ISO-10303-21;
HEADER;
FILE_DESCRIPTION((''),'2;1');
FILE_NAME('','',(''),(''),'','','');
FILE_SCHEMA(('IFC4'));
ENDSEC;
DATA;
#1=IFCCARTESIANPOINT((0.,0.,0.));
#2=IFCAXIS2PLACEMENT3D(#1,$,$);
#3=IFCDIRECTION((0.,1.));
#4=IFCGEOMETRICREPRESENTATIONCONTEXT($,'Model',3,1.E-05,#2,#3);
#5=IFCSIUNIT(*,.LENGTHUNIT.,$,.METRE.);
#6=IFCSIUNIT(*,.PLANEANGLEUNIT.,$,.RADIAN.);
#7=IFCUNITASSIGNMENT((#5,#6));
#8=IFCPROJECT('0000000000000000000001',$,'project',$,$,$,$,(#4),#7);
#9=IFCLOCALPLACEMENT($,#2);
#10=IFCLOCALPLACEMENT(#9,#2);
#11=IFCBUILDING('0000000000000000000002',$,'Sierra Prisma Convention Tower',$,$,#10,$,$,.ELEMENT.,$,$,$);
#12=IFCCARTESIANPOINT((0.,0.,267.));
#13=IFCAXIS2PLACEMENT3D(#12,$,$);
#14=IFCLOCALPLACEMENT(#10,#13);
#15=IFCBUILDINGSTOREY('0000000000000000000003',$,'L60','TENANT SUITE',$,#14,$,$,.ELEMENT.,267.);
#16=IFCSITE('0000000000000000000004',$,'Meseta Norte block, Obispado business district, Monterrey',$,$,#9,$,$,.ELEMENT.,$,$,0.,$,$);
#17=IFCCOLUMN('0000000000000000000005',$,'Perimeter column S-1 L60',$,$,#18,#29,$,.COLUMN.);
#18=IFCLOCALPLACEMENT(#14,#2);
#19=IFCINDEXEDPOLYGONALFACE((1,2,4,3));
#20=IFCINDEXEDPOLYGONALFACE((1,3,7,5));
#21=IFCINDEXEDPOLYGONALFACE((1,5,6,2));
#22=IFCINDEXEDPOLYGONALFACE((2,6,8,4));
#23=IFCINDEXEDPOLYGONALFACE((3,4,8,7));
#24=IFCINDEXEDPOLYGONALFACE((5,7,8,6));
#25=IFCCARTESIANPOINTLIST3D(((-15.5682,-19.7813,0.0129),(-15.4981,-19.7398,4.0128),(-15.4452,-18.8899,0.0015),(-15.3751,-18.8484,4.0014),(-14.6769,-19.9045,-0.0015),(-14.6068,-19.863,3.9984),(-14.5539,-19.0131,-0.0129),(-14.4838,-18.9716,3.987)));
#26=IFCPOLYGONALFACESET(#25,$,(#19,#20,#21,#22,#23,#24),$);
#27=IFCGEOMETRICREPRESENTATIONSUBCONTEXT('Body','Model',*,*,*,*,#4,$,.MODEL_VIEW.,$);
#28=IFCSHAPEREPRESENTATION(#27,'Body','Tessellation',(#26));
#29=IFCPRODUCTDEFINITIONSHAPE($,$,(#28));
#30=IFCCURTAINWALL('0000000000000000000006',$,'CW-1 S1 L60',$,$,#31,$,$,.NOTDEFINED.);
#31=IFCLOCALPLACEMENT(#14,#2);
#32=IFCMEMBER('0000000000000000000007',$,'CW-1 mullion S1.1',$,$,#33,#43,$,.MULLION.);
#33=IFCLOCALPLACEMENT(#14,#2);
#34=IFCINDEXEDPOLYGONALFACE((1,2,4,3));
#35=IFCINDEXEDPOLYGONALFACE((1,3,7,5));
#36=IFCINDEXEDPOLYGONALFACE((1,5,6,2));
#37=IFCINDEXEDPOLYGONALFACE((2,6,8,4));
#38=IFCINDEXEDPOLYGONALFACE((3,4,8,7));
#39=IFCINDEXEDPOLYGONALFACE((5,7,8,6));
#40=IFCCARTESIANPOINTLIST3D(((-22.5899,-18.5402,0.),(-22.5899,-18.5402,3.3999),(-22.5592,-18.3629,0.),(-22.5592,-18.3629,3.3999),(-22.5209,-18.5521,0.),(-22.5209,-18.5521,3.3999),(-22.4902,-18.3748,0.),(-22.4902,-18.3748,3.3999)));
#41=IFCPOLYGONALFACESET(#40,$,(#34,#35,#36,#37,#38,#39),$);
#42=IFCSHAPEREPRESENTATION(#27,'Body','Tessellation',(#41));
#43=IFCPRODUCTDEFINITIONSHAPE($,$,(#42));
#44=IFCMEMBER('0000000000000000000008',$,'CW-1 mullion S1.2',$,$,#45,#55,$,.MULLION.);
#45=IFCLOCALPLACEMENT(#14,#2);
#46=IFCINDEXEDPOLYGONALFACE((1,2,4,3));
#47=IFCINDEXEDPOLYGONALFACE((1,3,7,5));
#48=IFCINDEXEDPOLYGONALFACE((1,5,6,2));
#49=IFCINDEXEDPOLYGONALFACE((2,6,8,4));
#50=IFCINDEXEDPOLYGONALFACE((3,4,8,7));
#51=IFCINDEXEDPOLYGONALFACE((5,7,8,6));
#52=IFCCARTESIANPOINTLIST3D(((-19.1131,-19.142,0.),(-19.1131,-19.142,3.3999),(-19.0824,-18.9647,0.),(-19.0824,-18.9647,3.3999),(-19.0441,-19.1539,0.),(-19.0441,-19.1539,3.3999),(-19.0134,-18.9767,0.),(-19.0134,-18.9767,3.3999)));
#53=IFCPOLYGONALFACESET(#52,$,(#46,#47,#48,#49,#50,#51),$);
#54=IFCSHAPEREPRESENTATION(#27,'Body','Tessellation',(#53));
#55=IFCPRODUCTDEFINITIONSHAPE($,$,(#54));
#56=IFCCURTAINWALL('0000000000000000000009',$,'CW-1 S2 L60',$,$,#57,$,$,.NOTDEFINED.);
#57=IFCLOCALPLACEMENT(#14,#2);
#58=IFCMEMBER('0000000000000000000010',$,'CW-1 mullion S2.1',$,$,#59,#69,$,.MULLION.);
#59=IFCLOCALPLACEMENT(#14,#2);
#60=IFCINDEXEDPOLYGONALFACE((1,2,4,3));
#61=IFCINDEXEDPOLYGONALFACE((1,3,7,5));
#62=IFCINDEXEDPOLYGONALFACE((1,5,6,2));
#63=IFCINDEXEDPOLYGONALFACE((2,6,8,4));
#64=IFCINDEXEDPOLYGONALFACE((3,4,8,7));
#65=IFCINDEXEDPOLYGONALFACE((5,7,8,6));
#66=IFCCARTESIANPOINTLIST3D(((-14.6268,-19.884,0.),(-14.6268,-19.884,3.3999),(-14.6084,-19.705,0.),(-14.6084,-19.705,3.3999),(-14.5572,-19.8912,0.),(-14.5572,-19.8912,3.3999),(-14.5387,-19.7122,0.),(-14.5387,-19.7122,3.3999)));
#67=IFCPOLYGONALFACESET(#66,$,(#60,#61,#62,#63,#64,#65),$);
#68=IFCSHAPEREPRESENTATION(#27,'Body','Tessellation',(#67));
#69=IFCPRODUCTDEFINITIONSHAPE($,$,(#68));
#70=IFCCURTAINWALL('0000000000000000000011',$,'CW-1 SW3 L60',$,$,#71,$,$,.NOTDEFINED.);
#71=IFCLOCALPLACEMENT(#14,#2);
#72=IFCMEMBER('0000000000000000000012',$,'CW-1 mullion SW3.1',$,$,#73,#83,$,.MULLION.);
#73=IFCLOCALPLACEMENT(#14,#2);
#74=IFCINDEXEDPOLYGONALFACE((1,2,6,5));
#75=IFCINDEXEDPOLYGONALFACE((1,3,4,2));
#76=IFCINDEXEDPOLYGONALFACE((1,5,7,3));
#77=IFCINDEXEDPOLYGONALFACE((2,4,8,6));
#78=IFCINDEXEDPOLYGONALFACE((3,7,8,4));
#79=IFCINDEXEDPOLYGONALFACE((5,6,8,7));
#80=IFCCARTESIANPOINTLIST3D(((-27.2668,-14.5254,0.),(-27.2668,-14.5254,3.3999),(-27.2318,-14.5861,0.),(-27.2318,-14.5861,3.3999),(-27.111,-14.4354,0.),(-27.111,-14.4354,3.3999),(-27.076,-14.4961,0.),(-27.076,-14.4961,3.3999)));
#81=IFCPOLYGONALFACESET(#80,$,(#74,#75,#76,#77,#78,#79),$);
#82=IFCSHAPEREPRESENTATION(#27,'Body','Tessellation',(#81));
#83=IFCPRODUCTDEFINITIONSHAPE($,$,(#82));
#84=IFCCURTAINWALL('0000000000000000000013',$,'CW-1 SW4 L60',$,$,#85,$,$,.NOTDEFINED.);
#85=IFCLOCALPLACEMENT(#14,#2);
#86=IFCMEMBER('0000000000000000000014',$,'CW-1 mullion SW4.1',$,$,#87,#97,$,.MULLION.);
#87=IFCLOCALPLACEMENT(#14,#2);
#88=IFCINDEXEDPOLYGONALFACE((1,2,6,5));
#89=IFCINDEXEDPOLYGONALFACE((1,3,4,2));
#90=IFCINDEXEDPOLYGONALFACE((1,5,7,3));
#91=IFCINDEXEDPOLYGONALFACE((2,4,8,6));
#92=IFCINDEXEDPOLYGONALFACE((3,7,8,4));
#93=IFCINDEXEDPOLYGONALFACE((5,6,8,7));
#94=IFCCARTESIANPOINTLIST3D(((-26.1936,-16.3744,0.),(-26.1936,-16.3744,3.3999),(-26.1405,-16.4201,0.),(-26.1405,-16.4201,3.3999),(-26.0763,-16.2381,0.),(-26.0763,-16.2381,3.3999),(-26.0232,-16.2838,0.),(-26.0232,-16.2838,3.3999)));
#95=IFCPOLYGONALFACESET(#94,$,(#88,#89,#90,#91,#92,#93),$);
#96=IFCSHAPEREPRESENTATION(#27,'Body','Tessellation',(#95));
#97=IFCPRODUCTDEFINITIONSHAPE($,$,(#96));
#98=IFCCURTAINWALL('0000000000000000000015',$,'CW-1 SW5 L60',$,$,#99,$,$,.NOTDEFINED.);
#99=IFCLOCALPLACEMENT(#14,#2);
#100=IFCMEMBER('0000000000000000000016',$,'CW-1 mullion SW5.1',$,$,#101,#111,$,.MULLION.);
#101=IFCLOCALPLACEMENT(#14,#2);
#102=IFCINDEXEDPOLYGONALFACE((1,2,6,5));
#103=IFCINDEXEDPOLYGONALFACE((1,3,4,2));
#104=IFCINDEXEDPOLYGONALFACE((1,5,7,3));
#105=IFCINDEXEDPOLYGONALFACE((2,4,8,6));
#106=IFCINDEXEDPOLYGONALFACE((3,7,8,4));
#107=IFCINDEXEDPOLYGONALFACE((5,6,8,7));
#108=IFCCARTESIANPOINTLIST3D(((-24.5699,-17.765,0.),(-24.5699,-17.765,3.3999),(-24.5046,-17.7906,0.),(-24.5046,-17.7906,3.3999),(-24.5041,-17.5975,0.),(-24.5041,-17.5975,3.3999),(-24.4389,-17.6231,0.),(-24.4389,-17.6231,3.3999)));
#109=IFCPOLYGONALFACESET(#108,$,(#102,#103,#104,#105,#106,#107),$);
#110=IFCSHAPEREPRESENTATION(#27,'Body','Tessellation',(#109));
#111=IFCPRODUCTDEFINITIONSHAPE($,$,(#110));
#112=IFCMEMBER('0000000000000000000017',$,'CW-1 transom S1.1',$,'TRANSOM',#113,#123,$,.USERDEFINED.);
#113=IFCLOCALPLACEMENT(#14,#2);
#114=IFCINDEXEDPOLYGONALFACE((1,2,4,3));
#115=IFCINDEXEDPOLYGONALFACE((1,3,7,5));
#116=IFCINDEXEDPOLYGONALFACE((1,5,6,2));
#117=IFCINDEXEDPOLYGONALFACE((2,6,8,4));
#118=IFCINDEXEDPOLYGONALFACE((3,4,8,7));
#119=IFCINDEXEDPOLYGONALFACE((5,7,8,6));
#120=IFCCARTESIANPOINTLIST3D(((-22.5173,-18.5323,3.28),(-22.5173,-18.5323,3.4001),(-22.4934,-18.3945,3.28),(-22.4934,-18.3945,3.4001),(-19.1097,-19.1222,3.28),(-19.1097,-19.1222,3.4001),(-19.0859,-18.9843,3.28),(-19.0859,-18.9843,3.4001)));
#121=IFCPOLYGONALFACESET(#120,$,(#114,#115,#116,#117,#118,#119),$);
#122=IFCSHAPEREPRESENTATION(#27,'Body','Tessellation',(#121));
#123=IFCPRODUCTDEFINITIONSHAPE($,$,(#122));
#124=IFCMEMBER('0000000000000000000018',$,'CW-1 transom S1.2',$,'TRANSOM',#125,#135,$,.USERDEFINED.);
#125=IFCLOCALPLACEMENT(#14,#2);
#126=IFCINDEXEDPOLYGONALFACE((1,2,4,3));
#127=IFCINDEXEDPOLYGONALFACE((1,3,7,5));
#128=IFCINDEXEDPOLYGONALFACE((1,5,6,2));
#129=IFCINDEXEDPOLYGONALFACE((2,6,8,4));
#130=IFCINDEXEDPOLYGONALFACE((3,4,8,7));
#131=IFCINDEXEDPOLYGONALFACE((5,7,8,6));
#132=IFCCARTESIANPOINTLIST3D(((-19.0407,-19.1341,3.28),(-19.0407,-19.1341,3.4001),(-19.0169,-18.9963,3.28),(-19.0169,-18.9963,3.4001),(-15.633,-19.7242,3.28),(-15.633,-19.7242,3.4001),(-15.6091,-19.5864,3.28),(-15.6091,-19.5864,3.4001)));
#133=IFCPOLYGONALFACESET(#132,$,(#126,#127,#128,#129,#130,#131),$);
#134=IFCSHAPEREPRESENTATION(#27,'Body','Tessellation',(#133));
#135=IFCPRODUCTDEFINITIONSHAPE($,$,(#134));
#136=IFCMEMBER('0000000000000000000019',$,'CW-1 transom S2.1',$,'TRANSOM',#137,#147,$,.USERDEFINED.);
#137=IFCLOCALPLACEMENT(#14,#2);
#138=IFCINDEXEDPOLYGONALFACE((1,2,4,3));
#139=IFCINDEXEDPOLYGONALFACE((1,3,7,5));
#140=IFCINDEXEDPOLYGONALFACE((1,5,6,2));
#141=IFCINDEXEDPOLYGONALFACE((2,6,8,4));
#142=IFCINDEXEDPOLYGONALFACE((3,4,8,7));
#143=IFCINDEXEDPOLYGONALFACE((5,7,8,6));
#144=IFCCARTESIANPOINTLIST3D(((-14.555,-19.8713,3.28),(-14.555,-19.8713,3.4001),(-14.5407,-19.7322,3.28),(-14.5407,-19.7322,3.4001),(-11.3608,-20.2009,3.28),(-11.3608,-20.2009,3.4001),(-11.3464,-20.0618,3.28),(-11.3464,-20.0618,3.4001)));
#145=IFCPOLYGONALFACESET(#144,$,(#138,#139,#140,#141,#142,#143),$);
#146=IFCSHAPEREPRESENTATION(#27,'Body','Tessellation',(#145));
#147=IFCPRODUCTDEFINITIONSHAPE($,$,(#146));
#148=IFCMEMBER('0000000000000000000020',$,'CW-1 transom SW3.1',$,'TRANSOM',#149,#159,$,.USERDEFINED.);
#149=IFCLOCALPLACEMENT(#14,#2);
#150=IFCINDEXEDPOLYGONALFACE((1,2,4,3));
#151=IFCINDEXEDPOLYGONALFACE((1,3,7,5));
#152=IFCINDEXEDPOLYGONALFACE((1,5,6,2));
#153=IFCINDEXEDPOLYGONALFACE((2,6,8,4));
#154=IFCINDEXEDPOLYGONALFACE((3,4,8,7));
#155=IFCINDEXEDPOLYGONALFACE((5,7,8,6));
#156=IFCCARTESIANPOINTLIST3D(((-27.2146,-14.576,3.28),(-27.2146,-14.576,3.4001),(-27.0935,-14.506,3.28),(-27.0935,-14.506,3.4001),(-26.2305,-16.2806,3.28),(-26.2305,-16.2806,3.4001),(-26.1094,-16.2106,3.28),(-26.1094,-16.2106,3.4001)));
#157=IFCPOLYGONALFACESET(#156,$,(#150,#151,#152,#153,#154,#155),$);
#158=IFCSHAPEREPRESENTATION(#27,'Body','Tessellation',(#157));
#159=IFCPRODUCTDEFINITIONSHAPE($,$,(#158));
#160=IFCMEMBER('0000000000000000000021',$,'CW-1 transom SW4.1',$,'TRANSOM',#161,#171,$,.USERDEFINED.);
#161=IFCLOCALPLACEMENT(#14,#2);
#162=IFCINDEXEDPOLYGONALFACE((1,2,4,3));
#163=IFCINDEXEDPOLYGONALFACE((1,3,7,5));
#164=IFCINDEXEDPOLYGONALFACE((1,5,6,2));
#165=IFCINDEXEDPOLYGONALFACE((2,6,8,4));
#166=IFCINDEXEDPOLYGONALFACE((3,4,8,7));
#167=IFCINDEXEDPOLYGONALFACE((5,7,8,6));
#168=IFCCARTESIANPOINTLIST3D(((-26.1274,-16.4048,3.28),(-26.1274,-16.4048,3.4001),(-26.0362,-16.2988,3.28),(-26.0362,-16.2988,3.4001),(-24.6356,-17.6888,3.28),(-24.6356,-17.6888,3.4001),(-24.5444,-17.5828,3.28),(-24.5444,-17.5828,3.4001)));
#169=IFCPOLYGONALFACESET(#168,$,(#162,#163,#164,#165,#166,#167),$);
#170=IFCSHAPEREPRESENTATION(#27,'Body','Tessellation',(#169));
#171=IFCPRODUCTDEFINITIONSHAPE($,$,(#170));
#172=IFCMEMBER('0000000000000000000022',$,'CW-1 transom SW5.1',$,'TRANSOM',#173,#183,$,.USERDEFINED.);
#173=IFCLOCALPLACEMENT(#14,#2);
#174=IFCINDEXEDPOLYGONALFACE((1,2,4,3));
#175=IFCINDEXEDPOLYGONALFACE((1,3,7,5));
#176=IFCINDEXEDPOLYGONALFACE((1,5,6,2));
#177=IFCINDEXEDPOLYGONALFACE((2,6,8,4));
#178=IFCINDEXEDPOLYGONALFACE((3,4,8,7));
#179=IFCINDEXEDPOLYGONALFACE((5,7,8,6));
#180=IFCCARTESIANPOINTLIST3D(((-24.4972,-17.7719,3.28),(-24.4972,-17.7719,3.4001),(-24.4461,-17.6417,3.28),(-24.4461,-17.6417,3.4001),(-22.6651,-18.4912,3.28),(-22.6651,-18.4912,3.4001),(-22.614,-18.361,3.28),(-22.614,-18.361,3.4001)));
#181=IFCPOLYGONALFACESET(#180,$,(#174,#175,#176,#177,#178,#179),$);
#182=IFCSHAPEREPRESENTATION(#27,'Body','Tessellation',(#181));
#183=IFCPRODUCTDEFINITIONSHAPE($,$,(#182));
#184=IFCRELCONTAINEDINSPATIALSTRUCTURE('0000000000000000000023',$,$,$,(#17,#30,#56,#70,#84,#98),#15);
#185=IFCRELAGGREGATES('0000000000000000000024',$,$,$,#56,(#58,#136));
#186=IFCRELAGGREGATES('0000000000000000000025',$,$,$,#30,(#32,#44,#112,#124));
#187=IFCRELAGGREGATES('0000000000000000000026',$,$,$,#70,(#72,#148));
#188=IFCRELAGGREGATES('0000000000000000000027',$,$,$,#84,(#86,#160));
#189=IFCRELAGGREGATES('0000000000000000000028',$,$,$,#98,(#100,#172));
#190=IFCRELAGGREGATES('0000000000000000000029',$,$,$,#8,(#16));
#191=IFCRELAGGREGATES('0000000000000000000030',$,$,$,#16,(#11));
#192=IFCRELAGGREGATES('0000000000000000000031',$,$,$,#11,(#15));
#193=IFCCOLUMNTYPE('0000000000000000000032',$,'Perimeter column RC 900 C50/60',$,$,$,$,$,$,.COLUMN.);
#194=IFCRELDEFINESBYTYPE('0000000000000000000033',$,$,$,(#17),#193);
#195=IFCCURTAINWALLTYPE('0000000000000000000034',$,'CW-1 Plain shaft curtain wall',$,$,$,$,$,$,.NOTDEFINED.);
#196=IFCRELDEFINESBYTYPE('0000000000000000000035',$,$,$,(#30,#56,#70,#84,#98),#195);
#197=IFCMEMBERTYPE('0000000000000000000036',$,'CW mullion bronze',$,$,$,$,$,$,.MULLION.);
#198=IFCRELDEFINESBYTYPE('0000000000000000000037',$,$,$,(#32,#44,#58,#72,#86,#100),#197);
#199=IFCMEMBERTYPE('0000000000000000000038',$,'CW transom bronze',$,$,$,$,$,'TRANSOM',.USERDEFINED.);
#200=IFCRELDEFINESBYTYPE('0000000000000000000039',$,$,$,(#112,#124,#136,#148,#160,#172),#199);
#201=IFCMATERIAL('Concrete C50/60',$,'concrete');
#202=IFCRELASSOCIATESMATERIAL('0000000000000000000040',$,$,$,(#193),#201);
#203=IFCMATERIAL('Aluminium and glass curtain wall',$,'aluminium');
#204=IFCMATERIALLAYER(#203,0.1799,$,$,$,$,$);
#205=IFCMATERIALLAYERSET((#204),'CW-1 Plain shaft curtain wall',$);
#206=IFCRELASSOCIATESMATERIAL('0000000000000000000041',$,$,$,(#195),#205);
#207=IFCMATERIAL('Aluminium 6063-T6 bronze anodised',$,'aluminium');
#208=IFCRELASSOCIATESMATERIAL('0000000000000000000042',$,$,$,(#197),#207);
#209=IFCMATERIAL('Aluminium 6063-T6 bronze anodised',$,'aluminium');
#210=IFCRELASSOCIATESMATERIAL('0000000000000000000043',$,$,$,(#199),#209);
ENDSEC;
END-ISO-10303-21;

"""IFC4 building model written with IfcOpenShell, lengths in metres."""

from ifc_helpers import new_model, si_unit, direction, frame, origin, origin_2d, place, context, subcontext, project, spatial, rectangle, extrude, material, layer, layer_set, material_profile, profile_set, type_object, element, aggregate, save


model = new_model("IFC4")

# Units and contexts
model_context = context("Model", 3, precision=1e-05, world=origin(), true_north=direction((0.0, 1.0)))
body_context = subcontext(model_context, "Body", "Model", "MODEL_VIEW")
ifc_project = project(units=[si_unit("LENGTHUNIT", "METRE"), si_unit("PLANEANGLEUNIT", "RADIAN")], contexts=[model_context])

# Site, building, storey
site_placement = place(None, origin())
site = spatial("IfcSite", under=ifc_project, at=site_placement, Name="Meseta Norte block, Obispado business district, Monterrey", CompositionType="ELEMENT", RefElevation=0.0)
building_placement = place(site_placement, origin())
building = spatial("IfcBuilding", under=site, at=building_placement, Name="Sierra Prisma Convention Tower", CompositionType="ELEMENT")
storey_placement = place(building_placement, frame((0.0, 0.0, 267.0)))
storey = spatial("IfcBuildingStorey", under=building, at=storey_placement, Name="L60", Description="TENANT SUITE", CompositionType="ELEMENT", Elevation=267.0)

# Column
ifc_material_1 = material(Name="Concrete C50/60", Category="concrete")
ifc_material_profile_1 = material_profile(ifc_material_1, rectangle(XDim=0.8999, YDim=0.8999, at=origin_2d()), Name="Perimeter column RC 900 C50/60")
ifc_profile_set_1 = profile_set([ifc_material_profile_1], Name="Concrete C50/60")
column_type = type_object("IfcColumnType", Name="Perimeter column RC 900 C50/60", PredefinedType="COLUMN", material=ifc_profile_set_1)
column_placement = place(storey_placement, frame((-15.061, -19.3972, 0.0), z_axis=(0.017513, 0.010374, 0.999793), x_axis=(-0.990461, 0.136872, 0.01593)))
element("IfcColumn", 1, at=column_placement, inside=storey, type_object=column_type, Name="Perimeter column S-1 L60", PredefinedType="COLUMN", context=body_context, shape_type="SweptSolid", body=[
    extrude(rectangle(XDim=0.8999, YDim=0.8999, at=origin_2d()), origin(), (0.0, 0.0, 1.0), 4.0007),
])

# Curtain wall, members
ifc_material_2 = material(Name="Aluminium and glass curtain wall", Category="aluminium")
ifc_layer_1 = layer(ifc_material_2, 0.1799)
ifc_layer_set_1 = layer_set([ifc_layer_1], Name="CW-1 Plain shaft curtain wall")
curtain_wall_type = type_object("IfcCurtainWallType", Name="CW-1 Plain shaft curtain wall", PredefinedType="NOTDEFINED", material=ifc_layer_set_1)
curtain_wall_1_placement = place(storey_placement, origin())
curtain_wall_1 = element("IfcCurtainWall", 2, at=curtain_wall_1_placement, inside=storey, type_object=curtain_wall_type, Name="CW-1 S1 L60", PredefinedType="NOTDEFINED")
ifc_material_3 = material(Name="Aluminium 6063-T6 bronze anodised", Category="aluminium")
ifc_material_profile_2 = material_profile(ifc_material_3, rectangle(XDim=0.1799, YDim=0.0701, at=origin_2d()), Name="ALU MULLION 70x180")
ifc_profile_set_2 = profile_set([ifc_material_profile_2], Name="Aluminium 6063-T6 bronze anodised")
member_type_1 = type_object("IfcMemberType", Name="CW mullion bronze", PredefinedType="MULLION", material=ifc_profile_set_2)
member_1_placement = place(storey_placement, frame((-22.54, -18.4575, 0.0), z_axis=(0.0, 0.0, 1.0), x_axis=(0.170573, 0.985345, 0.0)))
member_1 = element("IfcMember", 3, at=member_1_placement, type_object=member_type_1, Name="CW-1 mullion S1.1", PredefinedType="MULLION", context=body_context, shape_type="SweptSolid", body=[
    extrude(rectangle(XDim=0.1799, YDim=0.0701, at=origin_2d()), origin(), (0.0, 0.0, 1.0), 3.3999),
])
member_2_placement = place(storey_placement, frame((-19.0632, -19.0593, 0.0), z_axis=(0.0, 0.0, 1.0), x_axis=(0.170573, 0.985345, 0.0)))
member_2 = element("IfcMember", 4, at=member_2_placement, type_object=member_type_1, Name="CW-1 mullion S1.2", PredefinedType="MULLION", context=body_context, shape_type="SweptSolid", body=[
    extrude(rectangle(XDim=0.1799, YDim=0.0701, at=origin_2d()), origin(), (0.0, 0.0, 1.0), 3.3999),
])

# Curtain walls, members
curtain_wall_2_placement = place(storey_placement, origin())
curtain_wall_2 = element("IfcCurtainWall", 5, at=curtain_wall_2_placement, inside=storey, type_object=curtain_wall_type, Name="CW-1 S2 L60", PredefinedType="NOTDEFINED")
member_3_placement = place(storey_placement, frame((-14.5828, -19.7981, 0.0), z_axis=(0.0, 0.0, 1.0), x_axis=(0.102665, 0.994716, 0.0)))
member_3 = element("IfcMember", 6, at=member_3_placement, type_object=member_type_1, Name="CW-1 mullion S2.1", PredefinedType="MULLION", context=body_context, shape_type="SweptSolid", body=[
    extrude(rectangle(XDim=0.1799, YDim=0.0701, at=origin_2d()), origin(), (0.0, 0.0, 1.0), 3.3999),
])
curtain_wall_3_placement = place(storey_placement, origin())
curtain_wall_3 = element("IfcCurtainWall", 7, at=curtain_wall_3_placement, inside=storey, type_object=curtain_wall_type, Name="CW-1 SW3 L60", PredefinedType="NOTDEFINED")
member_4_placement = place(storey_placement, frame((-27.1714, -14.5107, 0.0), z_axis=(0.0, 0.0, 1.0), x_axis=(0.866025, 0.5, 0.0)))
member_4 = element("IfcMember", 8, at=member_4_placement, type_object=member_type_1, Name="CW-1 mullion SW3.1", PredefinedType="MULLION", context=body_context, shape_type="SweptSolid", body=[
    extrude(rectangle(XDim=0.1799, YDim=0.0701, at=origin_2d()), origin(), (0.0, 0.0, 1.0), 3.3999),
])
curtain_wall_4_placement = place(storey_placement, origin())
curtain_wall_4 = element("IfcCurtainWall", 9, at=curtain_wall_4_placement, inside=storey, type_object=curtain_wall_type, Name="CW-1 SW4 L60", PredefinedType="NOTDEFINED")
member_5_placement = place(storey_placement, frame((-26.1084, -16.3291, 0.0), z_axis=(0.0, 0.0, 1.0), x_axis=(0.652285, 0.757973, 0.0)))
member_5 = element("IfcMember", 10, at=member_5_placement, type_object=member_type_1, Name="CW-1 mullion SW4.1", PredefinedType="MULLION", context=body_context, shape_type="SweptSolid", body=[
    extrude(rectangle(XDim=0.1799, YDim=0.0701, at=origin_2d()), origin(), (0.0, 0.0, 1.0), 3.3999),
])
curtain_wall_5_placement = place(storey_placement, origin())
curtain_wall_5 = element("IfcCurtainWall", 11, at=curtain_wall_5_placement, inside=storey, type_object=curtain_wall_type, Name="CW-1 SW5 L60", PredefinedType="NOTDEFINED")
member_6_placement = place(storey_placement, frame((-24.5044, -17.6941, 0.0), z_axis=(0.0, 0.0, 1.0), x_axis=(0.365336, 0.930876, 0.0)))
member_6 = element("IfcMember", 12, at=member_6_placement, type_object=member_type_1, Name="CW-1 mullion SW5.1", PredefinedType="MULLION", context=body_context, shape_type="SweptSolid", body=[
    extrude(rectangle(XDim=0.1799, YDim=0.0701, at=origin_2d()), origin(), (0.0, 0.0, 1.0), 3.3999),
])

# Members
ifc_material_4 = material(Name="Aluminium 6063-T6 bronze anodised", Category="aluminium")
ifc_material_profile_3 = material_profile(ifc_material_4, rectangle(XDim=0.1399, YDim=0.1201, at=origin_2d()), Name="ALU TRANSOM 120x140")
ifc_profile_set_3 = profile_set([ifc_material_profile_3], Name="Aluminium 6063-T6 bronze anodised")
member_type_2 = type_object("IfcMemberType", Name="CW transom bronze", ElementType="TRANSOM", PredefinedType="USERDEFINED", material=ifc_profile_set_3)
member_7_placement = place(storey_placement, frame((-22.5054, -18.4634, 3.3401), z_axis=(0.985346, -0.170566, 0.0), x_axis=(0.170566, 0.985346, 0.0)))
member_7 = element("IfcMember", 13, at=member_7_placement, type_object=member_type_2, Name="CW-1 transom S1.1", ObjectType="TRANSOM", PredefinedType="USERDEFINED", context=body_context, shape_type="SweptSolid", body=[
    extrude(rectangle(XDim=0.1399, YDim=0.1201, at=origin_2d()), origin(), (0.0, 0.0, 1.0), 3.4583),
])
member_8_placement = place(storey_placement, frame((-19.0288, -19.0652, 3.3401), z_axis=(0.985336, -0.170623, 0.0), x_axis=(0.170623, 0.985336, 0.0)))
member_8 = element("IfcMember", 14, at=member_8_placement, type_object=member_type_2, Name="CW-1 transom S1.2", ObjectType="TRANSOM", PredefinedType="USERDEFINED", context=body_context, shape_type="SweptSolid", body=[
    extrude(rectangle(XDim=0.1399, YDim=0.1201, at=origin_2d()), origin(), (0.0, 0.0, 1.0), 3.4585),
])
member_9_placement = place(storey_placement, frame((-14.5479, -19.8018, 3.3401), z_axis=(0.994719, -0.102635, 0.0), x_axis=(0.102635, 0.994719, 0.0)))
member_9 = element("IfcMember", 15, at=member_9_placement, type_object=member_type_2, Name="CW-1 transom S2.1", ObjectType="TRANSOM", PredefinedType="USERDEFINED", context=body_context, shape_type="SweptSolid", body=[
    extrude(rectangle(XDim=0.1399, YDim=0.1201, at=origin_2d()), origin(), (0.0, 0.0, 1.0), 3.2112),
])
aggregate(curtain_wall_2, [member_3, member_9])
member_10_placement = place(storey_placement, frame((-27.1541, -14.541, 3.3401), z_axis=(0.499994, -0.866029, 0.0), x_axis=(0.866029, 0.499994, 0.0)))
member_10 = element("IfcMember", 16, at=member_10_placement, type_object=member_type_2, Name="CW-1 transom SW3.1", ObjectType="TRANSOM", PredefinedType="USERDEFINED", context=body_context, shape_type="SweptSolid", body=[
    extrude(rectangle(XDim=0.1399, YDim=0.1201, at=origin_2d()), origin(), (0.0, 0.0, 1.0), 1.9683),
])
member_11_placement = place(storey_placement, frame((-26.0818, -16.3518, 3.3401), z_axis=(0.757915, -0.652353, 0.0), x_axis=(0.652353, 0.757915, 0.0)))
member_11 = element("IfcMember", 17, at=member_11_placement, type_object=member_type_2, Name="CW-1 transom SW4.1", ObjectType="TRANSOM", PredefinedType="USERDEFINED", context=body_context, shape_type="SweptSolid", body=[
    extrude(rectangle(XDim=0.1399, YDim=0.1201, at=origin_2d()), origin(), (0.0, 0.0, 1.0), 1.9683),
])
member_12_placement = place(storey_placement, frame((-24.4717, -17.7068, 3.3401), z_axis=(0.930836, -0.365437, 0.0), x_axis=(0.365437, 0.930836, 0.0)))
member_12 = element("IfcMember", 18, at=member_12_placement, type_object=member_type_2, Name="CW-1 transom SW5.1", ObjectType="TRANSOM", PredefinedType="USERDEFINED", context=body_context, shape_type="SweptSolid", body=[
    extrude(rectangle(XDim=0.1399, YDim=0.1201, at=origin_2d()), origin(), (0.0, 0.0, 1.0), 1.9683),
])

aggregate(curtain_wall_1, [member_1, member_2, member_7, member_8])

aggregate(curtain_wall_3, [member_4, member_10])
aggregate(curtain_wall_4, [member_5, member_11])
aggregate(curtain_wall_5, [member_6, member_12])

save(model, "model.ifc")
